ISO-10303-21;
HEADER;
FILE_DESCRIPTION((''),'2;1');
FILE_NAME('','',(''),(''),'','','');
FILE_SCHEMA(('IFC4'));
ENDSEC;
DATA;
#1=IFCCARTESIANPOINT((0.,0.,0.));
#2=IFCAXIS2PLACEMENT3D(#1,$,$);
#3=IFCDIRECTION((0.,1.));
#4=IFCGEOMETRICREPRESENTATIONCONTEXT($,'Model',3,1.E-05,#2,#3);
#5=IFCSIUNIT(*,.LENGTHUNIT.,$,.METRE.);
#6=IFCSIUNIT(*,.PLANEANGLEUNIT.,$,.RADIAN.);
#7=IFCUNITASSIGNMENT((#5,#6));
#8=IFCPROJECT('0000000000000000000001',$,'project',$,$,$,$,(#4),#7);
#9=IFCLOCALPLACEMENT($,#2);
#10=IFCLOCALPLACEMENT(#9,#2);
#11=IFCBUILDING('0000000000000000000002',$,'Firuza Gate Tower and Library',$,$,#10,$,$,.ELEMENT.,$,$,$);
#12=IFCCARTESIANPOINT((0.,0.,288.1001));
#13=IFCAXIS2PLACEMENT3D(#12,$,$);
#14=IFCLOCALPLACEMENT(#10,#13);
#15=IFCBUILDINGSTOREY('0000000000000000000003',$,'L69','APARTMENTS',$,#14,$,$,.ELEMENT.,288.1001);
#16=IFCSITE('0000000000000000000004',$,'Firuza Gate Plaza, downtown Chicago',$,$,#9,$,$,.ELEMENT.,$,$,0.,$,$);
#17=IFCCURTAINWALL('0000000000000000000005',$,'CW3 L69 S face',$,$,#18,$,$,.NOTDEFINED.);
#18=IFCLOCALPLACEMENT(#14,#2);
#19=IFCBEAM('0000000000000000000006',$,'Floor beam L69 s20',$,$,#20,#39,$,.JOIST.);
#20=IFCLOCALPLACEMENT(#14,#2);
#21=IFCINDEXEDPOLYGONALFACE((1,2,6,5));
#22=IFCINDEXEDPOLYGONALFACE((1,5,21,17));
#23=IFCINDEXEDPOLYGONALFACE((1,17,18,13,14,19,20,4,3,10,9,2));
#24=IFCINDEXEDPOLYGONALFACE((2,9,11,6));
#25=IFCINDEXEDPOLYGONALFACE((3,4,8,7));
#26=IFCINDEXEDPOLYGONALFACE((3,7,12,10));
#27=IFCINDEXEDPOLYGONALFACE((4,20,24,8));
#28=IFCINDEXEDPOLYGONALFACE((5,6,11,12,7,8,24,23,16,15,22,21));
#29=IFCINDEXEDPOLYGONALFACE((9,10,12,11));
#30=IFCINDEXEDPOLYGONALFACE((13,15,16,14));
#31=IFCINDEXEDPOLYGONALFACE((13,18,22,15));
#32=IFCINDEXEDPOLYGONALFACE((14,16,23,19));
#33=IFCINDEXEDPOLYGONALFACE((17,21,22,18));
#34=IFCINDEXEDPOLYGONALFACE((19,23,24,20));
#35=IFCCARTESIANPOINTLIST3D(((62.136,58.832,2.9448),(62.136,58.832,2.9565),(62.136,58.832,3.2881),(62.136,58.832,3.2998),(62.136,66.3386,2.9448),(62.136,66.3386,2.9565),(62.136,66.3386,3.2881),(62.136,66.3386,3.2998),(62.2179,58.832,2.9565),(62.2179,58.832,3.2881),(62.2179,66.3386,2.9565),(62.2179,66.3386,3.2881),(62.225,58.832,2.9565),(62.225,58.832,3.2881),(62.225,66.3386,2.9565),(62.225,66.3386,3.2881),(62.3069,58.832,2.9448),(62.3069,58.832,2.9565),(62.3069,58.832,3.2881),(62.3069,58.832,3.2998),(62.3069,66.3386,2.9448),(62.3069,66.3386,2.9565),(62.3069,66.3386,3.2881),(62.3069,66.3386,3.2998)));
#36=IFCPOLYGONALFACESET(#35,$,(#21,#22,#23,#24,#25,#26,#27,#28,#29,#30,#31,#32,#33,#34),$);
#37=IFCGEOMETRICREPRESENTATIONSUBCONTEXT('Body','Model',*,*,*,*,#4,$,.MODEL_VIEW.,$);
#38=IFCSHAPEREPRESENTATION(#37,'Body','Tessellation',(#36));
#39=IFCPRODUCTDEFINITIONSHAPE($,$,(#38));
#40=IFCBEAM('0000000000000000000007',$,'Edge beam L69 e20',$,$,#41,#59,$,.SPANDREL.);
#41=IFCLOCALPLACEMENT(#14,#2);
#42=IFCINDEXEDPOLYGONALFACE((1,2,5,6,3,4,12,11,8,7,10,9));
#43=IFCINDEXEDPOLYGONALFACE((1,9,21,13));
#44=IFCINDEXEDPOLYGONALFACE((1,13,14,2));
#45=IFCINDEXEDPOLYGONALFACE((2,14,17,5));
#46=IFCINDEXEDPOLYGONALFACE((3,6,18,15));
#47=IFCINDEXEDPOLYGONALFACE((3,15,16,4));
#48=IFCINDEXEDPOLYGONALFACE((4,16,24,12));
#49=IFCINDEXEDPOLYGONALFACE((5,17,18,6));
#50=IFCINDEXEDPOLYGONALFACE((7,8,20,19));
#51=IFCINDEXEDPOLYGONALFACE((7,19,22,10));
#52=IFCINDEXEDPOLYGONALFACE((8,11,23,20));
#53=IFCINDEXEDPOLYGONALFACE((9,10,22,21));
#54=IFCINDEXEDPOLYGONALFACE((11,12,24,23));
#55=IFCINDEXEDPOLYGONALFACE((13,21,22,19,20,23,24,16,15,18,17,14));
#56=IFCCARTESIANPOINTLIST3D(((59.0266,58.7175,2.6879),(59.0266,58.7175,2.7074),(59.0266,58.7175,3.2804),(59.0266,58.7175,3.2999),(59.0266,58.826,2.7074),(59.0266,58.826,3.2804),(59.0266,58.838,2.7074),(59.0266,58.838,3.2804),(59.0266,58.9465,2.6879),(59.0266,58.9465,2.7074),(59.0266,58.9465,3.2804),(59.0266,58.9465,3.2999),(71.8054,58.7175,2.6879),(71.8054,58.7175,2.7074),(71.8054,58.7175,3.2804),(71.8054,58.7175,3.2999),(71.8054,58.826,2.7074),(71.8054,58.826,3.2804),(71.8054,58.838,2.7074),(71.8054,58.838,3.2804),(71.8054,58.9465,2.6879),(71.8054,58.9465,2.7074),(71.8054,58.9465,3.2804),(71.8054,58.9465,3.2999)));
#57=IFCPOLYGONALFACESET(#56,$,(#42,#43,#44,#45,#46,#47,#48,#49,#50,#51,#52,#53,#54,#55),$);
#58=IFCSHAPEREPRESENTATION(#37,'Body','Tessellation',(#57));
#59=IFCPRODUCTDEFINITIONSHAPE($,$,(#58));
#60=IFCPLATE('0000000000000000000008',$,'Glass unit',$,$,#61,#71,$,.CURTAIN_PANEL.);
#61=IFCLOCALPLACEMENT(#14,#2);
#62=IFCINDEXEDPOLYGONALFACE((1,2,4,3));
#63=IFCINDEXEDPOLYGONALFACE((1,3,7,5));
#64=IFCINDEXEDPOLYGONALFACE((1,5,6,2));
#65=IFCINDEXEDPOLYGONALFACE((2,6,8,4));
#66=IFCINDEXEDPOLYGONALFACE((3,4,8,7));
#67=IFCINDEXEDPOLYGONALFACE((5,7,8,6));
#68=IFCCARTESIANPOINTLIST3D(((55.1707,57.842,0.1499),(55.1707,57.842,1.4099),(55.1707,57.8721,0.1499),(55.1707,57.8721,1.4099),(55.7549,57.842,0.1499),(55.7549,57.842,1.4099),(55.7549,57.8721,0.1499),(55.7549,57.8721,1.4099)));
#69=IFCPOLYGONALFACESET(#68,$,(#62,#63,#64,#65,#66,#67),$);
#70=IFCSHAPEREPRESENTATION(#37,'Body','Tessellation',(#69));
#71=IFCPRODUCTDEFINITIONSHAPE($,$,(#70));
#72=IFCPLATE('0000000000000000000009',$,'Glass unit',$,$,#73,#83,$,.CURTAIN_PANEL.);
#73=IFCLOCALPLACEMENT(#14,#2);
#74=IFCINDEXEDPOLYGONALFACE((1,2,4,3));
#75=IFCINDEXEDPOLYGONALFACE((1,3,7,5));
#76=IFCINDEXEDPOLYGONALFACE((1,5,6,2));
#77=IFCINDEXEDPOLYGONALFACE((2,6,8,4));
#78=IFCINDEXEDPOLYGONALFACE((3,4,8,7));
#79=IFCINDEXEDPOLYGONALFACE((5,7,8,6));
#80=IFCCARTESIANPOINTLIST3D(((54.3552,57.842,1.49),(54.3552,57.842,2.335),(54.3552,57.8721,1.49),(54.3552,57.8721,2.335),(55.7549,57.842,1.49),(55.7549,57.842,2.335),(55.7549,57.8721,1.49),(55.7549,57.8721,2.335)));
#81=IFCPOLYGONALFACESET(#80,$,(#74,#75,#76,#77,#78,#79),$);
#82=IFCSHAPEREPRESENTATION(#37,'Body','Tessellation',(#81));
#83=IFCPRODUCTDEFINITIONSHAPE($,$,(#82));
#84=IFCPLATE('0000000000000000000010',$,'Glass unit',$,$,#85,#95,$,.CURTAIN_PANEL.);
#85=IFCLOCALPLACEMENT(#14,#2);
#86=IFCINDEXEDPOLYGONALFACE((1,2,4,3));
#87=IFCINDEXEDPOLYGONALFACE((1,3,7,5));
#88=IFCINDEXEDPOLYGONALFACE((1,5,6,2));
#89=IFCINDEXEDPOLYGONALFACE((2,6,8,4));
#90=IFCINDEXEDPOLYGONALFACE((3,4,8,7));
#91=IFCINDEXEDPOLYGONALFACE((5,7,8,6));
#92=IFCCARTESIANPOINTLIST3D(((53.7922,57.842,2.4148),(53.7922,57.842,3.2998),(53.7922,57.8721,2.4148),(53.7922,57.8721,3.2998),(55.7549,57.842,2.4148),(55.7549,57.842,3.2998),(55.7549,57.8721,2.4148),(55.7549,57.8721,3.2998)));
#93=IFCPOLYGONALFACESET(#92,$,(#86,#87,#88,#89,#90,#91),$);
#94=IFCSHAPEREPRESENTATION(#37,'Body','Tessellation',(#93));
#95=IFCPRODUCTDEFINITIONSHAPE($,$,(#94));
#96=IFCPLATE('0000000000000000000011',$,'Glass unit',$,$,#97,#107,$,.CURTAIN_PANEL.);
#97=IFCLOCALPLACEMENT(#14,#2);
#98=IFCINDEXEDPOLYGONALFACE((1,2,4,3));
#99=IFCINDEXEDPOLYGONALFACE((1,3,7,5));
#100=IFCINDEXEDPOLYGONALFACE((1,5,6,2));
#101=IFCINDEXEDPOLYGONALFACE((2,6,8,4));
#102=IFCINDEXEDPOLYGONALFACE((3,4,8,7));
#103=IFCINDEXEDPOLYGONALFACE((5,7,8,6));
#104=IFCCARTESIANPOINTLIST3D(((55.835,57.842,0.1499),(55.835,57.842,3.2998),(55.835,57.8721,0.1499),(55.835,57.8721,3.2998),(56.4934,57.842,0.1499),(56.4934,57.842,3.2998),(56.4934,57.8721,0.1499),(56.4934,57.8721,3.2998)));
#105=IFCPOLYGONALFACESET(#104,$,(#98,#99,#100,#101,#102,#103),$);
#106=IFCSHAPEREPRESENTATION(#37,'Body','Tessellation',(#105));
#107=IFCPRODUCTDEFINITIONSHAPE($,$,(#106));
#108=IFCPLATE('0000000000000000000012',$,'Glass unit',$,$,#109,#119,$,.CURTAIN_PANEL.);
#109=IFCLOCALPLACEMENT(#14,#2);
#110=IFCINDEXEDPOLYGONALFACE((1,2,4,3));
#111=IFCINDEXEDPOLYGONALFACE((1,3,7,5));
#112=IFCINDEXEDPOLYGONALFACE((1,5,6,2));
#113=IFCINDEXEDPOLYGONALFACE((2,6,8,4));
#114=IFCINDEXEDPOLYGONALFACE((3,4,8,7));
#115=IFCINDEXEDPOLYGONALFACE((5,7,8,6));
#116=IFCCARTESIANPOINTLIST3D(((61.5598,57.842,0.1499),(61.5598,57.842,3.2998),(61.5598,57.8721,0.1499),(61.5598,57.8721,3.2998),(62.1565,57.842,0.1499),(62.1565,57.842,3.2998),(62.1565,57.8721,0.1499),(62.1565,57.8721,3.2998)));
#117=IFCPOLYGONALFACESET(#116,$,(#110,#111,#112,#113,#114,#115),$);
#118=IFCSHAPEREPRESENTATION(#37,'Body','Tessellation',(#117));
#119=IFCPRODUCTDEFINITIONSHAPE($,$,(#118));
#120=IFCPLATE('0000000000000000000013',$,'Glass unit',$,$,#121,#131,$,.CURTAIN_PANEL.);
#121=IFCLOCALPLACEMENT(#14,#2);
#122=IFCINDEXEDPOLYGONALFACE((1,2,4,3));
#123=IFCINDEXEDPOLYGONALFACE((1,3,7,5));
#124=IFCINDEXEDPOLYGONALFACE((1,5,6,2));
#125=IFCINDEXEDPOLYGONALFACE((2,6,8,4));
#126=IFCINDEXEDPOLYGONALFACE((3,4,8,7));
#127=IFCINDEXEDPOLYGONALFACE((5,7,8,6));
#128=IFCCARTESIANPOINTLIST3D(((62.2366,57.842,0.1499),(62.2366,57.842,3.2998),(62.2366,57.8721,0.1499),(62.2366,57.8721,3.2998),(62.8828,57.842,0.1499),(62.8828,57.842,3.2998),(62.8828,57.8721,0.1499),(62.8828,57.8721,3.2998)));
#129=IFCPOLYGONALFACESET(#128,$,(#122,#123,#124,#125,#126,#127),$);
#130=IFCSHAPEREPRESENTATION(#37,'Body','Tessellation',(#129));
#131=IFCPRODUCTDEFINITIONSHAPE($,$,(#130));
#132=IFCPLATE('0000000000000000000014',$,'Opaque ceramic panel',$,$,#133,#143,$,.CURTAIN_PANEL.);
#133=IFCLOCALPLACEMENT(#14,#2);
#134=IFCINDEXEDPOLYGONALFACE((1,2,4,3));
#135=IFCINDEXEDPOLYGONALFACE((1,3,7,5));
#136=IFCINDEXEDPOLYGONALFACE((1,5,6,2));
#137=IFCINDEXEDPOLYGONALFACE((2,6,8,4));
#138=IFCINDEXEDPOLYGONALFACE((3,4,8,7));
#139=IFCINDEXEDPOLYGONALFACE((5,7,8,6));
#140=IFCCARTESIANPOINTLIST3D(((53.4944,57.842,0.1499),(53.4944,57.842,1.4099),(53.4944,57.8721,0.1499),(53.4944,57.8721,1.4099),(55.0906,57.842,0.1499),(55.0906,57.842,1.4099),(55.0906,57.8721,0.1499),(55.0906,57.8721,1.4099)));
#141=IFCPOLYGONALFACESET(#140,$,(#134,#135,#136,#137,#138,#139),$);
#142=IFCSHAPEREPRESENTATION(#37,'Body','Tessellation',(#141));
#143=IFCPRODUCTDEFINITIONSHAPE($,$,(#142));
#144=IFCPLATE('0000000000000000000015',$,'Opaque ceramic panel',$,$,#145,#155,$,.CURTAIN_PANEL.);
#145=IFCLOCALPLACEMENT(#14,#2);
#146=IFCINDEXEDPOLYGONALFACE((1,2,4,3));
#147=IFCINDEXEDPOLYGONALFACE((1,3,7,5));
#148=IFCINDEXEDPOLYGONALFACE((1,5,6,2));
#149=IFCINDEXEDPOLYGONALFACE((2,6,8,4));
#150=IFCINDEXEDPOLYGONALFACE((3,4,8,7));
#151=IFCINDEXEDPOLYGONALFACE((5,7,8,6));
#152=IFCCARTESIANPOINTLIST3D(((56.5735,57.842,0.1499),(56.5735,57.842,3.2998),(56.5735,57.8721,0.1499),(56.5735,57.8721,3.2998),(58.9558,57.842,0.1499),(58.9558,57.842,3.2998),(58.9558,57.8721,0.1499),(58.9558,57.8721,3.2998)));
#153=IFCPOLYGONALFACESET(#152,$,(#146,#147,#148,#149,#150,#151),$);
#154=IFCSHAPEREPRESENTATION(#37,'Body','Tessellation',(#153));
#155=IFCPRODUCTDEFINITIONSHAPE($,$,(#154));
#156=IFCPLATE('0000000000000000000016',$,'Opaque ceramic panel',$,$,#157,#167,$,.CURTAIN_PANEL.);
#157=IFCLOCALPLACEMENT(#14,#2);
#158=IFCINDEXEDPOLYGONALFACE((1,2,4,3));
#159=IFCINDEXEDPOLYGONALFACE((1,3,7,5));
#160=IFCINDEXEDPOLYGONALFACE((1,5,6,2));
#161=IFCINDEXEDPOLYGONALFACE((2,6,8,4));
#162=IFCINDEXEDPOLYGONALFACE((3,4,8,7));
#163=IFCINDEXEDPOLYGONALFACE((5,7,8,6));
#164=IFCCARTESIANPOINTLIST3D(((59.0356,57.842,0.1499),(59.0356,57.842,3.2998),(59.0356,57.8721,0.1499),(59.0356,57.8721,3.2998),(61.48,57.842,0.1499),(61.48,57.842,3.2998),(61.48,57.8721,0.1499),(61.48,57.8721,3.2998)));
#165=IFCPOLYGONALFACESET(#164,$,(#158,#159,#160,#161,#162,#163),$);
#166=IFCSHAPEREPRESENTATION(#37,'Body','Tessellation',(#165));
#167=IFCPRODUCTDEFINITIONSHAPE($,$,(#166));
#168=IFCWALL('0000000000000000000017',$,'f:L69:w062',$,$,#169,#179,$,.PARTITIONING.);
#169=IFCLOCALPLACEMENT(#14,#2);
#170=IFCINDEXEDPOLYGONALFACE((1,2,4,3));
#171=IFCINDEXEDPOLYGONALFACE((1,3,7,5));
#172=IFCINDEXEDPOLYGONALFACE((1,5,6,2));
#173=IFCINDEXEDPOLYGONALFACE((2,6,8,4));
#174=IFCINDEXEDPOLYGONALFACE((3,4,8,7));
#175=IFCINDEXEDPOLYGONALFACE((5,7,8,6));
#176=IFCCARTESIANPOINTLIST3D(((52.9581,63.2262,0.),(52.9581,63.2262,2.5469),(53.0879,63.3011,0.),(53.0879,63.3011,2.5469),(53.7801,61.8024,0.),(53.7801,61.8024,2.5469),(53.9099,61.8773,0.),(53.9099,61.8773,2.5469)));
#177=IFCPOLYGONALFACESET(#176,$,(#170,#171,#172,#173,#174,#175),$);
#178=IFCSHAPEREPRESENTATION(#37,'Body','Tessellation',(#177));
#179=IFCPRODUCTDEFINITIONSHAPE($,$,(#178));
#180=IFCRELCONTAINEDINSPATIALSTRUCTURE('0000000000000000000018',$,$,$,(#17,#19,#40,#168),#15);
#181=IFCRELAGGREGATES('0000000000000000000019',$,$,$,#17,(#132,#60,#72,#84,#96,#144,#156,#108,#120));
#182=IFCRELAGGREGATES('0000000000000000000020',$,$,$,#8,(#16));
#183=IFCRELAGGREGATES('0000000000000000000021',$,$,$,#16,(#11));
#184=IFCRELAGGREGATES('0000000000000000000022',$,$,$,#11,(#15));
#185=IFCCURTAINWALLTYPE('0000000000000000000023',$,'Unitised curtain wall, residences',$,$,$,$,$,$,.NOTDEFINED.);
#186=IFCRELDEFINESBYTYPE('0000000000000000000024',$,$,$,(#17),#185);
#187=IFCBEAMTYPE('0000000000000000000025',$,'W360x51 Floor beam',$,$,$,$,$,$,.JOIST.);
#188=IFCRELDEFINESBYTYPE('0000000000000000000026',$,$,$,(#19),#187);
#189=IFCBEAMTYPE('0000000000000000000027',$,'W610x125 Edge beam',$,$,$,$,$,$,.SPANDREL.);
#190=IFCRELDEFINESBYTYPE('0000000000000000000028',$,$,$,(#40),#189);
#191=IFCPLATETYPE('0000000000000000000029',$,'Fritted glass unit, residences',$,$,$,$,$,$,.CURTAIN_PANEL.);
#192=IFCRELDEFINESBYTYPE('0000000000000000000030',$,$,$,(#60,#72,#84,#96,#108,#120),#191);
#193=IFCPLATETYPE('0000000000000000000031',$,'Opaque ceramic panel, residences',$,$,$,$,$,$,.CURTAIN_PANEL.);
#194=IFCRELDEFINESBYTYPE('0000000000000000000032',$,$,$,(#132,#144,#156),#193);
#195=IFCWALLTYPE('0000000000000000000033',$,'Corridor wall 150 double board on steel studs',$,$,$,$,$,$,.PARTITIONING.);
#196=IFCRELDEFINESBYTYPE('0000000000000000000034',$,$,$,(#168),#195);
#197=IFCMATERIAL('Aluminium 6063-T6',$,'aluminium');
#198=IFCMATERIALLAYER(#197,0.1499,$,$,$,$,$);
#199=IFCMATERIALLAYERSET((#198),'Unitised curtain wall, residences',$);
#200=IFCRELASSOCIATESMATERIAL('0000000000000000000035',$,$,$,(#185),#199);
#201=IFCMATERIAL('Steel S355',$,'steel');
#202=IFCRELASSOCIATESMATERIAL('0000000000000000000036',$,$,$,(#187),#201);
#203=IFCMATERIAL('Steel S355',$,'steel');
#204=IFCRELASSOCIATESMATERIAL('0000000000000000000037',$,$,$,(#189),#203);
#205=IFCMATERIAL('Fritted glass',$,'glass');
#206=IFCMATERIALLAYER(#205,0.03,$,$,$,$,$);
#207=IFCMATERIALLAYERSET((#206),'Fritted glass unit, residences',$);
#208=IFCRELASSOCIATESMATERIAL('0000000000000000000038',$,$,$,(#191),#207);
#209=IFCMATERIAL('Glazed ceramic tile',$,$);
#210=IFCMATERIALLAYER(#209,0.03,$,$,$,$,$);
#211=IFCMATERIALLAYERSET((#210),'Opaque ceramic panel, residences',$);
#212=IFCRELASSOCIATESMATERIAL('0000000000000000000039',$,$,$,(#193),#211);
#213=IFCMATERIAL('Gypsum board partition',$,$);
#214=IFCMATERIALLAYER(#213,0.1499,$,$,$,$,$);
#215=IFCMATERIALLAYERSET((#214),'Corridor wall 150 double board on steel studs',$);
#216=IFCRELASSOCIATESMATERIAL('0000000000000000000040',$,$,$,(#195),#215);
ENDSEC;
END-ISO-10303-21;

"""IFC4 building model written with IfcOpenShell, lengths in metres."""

from ifc_helpers import new_model, si_unit, direction, frame, frame_2d, origin, origin_2d, place, context, subcontext, project, spatial, polyline, rectangle, i_section, outline, extrude, material, layer, layer_set, material_profile, profile_set, type_object, element, aggregate, save


model = new_model("IFC4")

# Units and contexts
model_context = context("Model", 3, precision=1e-05, world=origin(), true_north=direction((0.0, 1.0)))
body_context = subcontext(model_context, "Body", "Model", "MODEL_VIEW")
ifc_project = project(units=[si_unit("LENGTHUNIT", "METRE"), si_unit("PLANEANGLEUNIT", "RADIAN")], contexts=[model_context])

# Site, building, storey
site_placement = place(None, origin())
site = spatial("IfcSite", under=ifc_project, at=site_placement, Name="Firuza Gate Plaza, downtown Chicago", CompositionType="ELEMENT", RefElevation=0.0)
building_placement = place(site_placement, origin())
building = spatial("IfcBuilding", under=site, at=building_placement, Name="Firuza Gate Tower and Library", CompositionType="ELEMENT")
storey_placement = place(building_placement, frame((0.0, 0.0, 288.1001)))
storey = spatial("IfcBuildingStorey", under=building, at=storey_placement, Name="L69", Description="APARTMENTS", CompositionType="ELEMENT", Elevation=288.1001)

# Curtain wall
ifc_material_1 = material(Name="Aluminium 6063-T6", Category="aluminium")
ifc_layer_1 = layer(ifc_material_1, 0.1499)
ifc_layer_set_1 = layer_set([ifc_layer_1], Name="Unitised curtain wall, residences")
curtain_wall_type = type_object("IfcCurtainWallType", Name="Unitised curtain wall, residences", PredefinedType="NOTDEFINED", material=ifc_layer_set_1)
curtain_wall_placement = place(storey_placement, origin())
curtain_wall = element("IfcCurtainWall", 1, at=curtain_wall_placement, inside=storey, type_object=curtain_wall_type, Name="CW3 L69 S face", PredefinedType="NOTDEFINED")

# Beams
ifc_material_2 = material(Name="Steel S355", Category="steel")
ifc_material_profile_1 = material_profile(ifc_material_2, i_section(OverallWidth=0.1709, OverallDepth=0.355, WebThickness=0.0071, FlangeThickness=0.0117, at=origin_2d()))
ifc_profile_set_1 = profile_set([ifc_material_profile_1], Name="Steel S355")
beam_type_1 = type_object("IfcBeamType", Name="W360x51 Floor beam", PredefinedType="JOIST", material=ifc_profile_set_1)
beam_1_placement = place(storey_placement, frame((62.2214, 58.832, 3.1223), z_axis=(0.0, 1.0, 0.0), x_axis=(-1.0, 0.0, 0.0)))
element("IfcBeam", 2, at=beam_1_placement, inside=storey, type_object=beam_type_1, Name="Floor beam L69 s20", PredefinedType="JOIST", context=body_context, shape_type="SweptSolid", body=[
    extrude(i_section(OverallWidth=0.1709, OverallDepth=0.355, WebThickness=0.0071, FlangeThickness=0.0117, at=origin_2d()), origin(), (0.0, 0.0, 1.0), 7.5066),
])
ifc_material_3 = material(Name="Steel S355", Category="steel")
ifc_material_profile_2 = material_profile(ifc_material_3, i_section(OverallWidth=0.229, OverallDepth=0.6121, WebThickness=0.012, FlangeThickness=0.0195, at=origin_2d()))
ifc_profile_set_2 = profile_set([ifc_material_profile_2], Name="Steel S355")
beam_type_2 = type_object("IfcBeamType", Name="W610x125 Edge beam", PredefinedType="SPANDREL", material=ifc_profile_set_2)
beam_2_placement = place(storey_placement, frame((59.0266, 58.832, 2.9939), z_axis=(1.0, 0.0, 0.0), x_axis=(0.0, 1.0, 0.0)))
element("IfcBeam", 3, at=beam_2_placement, inside=storey, type_object=beam_type_2, Name="Edge beam L69 e20", PredefinedType="SPANDREL", context=body_context, shape_type="SweptSolid", body=[
    extrude(i_section(OverallWidth=0.229, OverallDepth=0.6121, WebThickness=0.012, FlangeThickness=0.0195, at=origin_2d()), origin(), (0.0, 0.0, 1.0), 12.7788),
])

# Plates
ifc_material_4 = material(Name="Fritted glass", Category="glass")
ifc_layer_2 = layer(ifc_material_4, 0.03)
ifc_layer_set_2 = layer_set([ifc_layer_2], Name="Fritted glass unit, residences")
plate_type_1 = type_object("IfcPlateType", Name="Fritted glass unit, residences", PredefinedType="CURTAIN_PANEL", material=ifc_layer_set_2)
plate_1_placement = place(storey_placement, frame((55.1707, 57.842, 0.1499), z_axis=(0.0, -1.0, 0.0), x_axis=(1.0, 0.0, 0.0)))
plate_1 = element("IfcPlate", 4, at=plate_1_placement, type_object=plate_type_1, Name="Glass unit", PredefinedType="CURTAIN_PANEL", context=body_context, shape_type="SweptSolid", body=[
    extrude(outline(polyline([(0.0, 0.0), (0.5842, 0.0), (0.5842, 1.26), (0.0, 1.26), (0.0, 0.0)])), origin(), (0.0, 0.0, -1.0), 0.03),
])
plate_2_placement = place(storey_placement, frame((54.3552, 57.842, 1.49), z_axis=(0.0, -1.0, 0.0), x_axis=(1.0, 0.0, 0.0)))
plate_2 = element("IfcPlate", 5, at=plate_2_placement, type_object=plate_type_1, Name="Glass unit", PredefinedType="CURTAIN_PANEL", context=body_context, shape_type="SweptSolid", body=[
    extrude(outline(polyline([(0.0, 0.0), (1.3997, 0.0), (1.3997, 0.845), (0.0, 0.845), (0.0, 0.0)])), origin(), (0.0, 0.0, -1.0), 0.03),
])
plate_3_placement = place(storey_placement, frame((53.7922, 57.842, 2.4148), z_axis=(0.0, -1.0, 0.0), x_axis=(1.0, 0.0, 0.0)))
plate_3 = element("IfcPlate", 6, at=plate_3_placement, type_object=plate_type_1, Name="Glass unit", PredefinedType="CURTAIN_PANEL", context=body_context, shape_type="SweptSolid", body=[
    extrude(outline(polyline([(0.0, 0.0), (1.9626, 0.0), (1.9626, 0.885), (0.0, 0.885), (0.0, 0.0)])), origin(), (0.0, 0.0, -1.0), 0.03),
])
plate_4_placement = place(storey_placement, frame((55.835, 57.842, 0.1499), z_axis=(0.0, -1.0, 0.0), x_axis=(1.0, 0.0, 0.0)))
plate_4 = element("IfcPlate", 7, at=plate_4_placement, type_object=plate_type_1, Name="Glass unit", PredefinedType="CURTAIN_PANEL", context=body_context, shape_type="SweptSolid", body=[
    extrude(outline(polyline([(0.0, 0.0), (0.6584, 0.0), (0.6584, 3.1499), (0.0, 3.1499), (0.0, 0.0)])), origin(), (0.0, 0.0, -1.0), 0.03),
])
plate_5_placement = place(storey_placement, frame((61.5598, 57.842, 0.1499), z_axis=(0.0, -1.0, 0.0), x_axis=(1.0, 0.0, 0.0)))
plate_5 = element("IfcPlate", 8, at=plate_5_placement, type_object=plate_type_1, Name="Glass unit", PredefinedType="CURTAIN_PANEL", context=body_context, shape_type="SweptSolid", body=[
    extrude(outline(polyline([(0.0, 0.0), (0.5967, 0.0), (0.5967, 3.1499), (0.0, 3.1499), (0.0, 0.0)])), origin(), (0.0, 0.0, -1.0), 0.03),
])
plate_6_placement = place(storey_placement, frame((62.2366, 57.842, 0.1499), z_axis=(0.0, -1.0, 0.0), x_axis=(1.0, 0.0, 0.0)))
plate_6 = element("IfcPlate", 9, at=plate_6_placement, type_object=plate_type_1, Name="Glass unit", PredefinedType="CURTAIN_PANEL", context=body_context, shape_type="SweptSolid", body=[
    extrude(outline(polyline([(0.0, 0.0), (0.6462, 0.0), (0.6462, 3.1499), (0.0, 3.1499), (0.0, 0.0)])), origin(), (0.0, 0.0, -1.0), 0.03),
])
ifc_material_5 = material(Name="Glazed ceramic tile")
ifc_layer_3 = layer(ifc_material_5, 0.03)
ifc_layer_set_3 = layer_set([ifc_layer_3], Name="Opaque ceramic panel, residences")
plate_type_2 = type_object("IfcPlateType", Name="Opaque ceramic panel, residences", PredefinedType="CURTAIN_PANEL", material=ifc_layer_set_3)
plate_7_placement = place(storey_placement, frame((53.4944, 57.842, 0.1499), z_axis=(0.0, -1.0, 0.0), x_axis=(1.0, 0.0, 0.0)))
plate_7 = element("IfcPlate", 10, at=plate_7_placement, type_object=plate_type_2, Name="Opaque ceramic panel", PredefinedType="CURTAIN_PANEL", context=body_context, shape_type="SweptSolid", body=[
    extrude(outline(polyline([(0.0, 0.0), (1.5962, 0.0), (1.5962, 1.26), (0.0, 1.26), (0.0, 0.0)])), origin(), (0.0, 0.0, -1.0), 0.03),
])
plate_8_placement = place(storey_placement, frame((56.5735, 57.842, 0.1499), z_axis=(0.0, -1.0, 0.0), x_axis=(1.0, 0.0, 0.0)))
plate_8 = element("IfcPlate", 11, at=plate_8_placement, type_object=plate_type_2, Name="Opaque ceramic panel", PredefinedType="CURTAIN_PANEL", context=body_context, shape_type="SweptSolid", body=[
    extrude(outline(polyline([(0.0, 0.0), (2.3823, 0.0), (2.3823, 3.1499), (0.0, 3.1499), (0.0, 0.0)])), origin(), (0.0, 0.0, -1.0), 0.03),
])
plate_9_placement = place(storey_placement, frame((59.0356, 57.842, 0.1499), z_axis=(0.0, -1.0, 0.0), x_axis=(1.0, 0.0, 0.0)))
plate_9 = element("IfcPlate", 12, at=plate_9_placement, type_object=plate_type_2, Name="Opaque ceramic panel", PredefinedType="CURTAIN_PANEL", context=body_context, shape_type="SweptSolid", body=[
    extrude(outline(polyline([(0.0, 0.0), (2.4443, 0.0), (2.4443, 3.1499), (0.0, 3.1499), (0.0, 0.0)])), origin(), (0.0, 0.0, -1.0), 0.03),
])
aggregate(curtain_wall, [plate_7, plate_1, plate_2, plate_3, plate_4, plate_8, plate_9, plate_5, plate_6])

# Wall
ifc_material_6 = material(Name="Gypsum board partition")
ifc_layer_4 = layer(ifc_material_6, 0.1499)
ifc_layer_set_4 = layer_set([ifc_layer_4], Name="Corridor wall 150 double board on steel studs")
wall_type_1 = type_object("IfcWallType", Name="Corridor wall 150 double board on steel studs", PredefinedType="PARTITIONING", material=ifc_layer_set_4)
wall_1_placement = place(storey_placement, frame((53.845, 61.8398, 0.0), z_axis=(0.0, 0.0, 1.0), x_axis=(-0.499988, 0.866032, 0.0)))
element("IfcWall", 13, at=wall_1_placement, inside=storey, type_object=wall_type_1, Name="f:L69:w062", PredefinedType="PARTITIONING", context=body_context, shape_type="SweptSolid", body=[
    extrude(rectangle(XDim=1.644, YDim=0.1499, at=frame_2d((0.822, 0.0))), origin(), (0.0, 0.0, 1.0), 2.5469),
])

save(model, "model.ifc")
